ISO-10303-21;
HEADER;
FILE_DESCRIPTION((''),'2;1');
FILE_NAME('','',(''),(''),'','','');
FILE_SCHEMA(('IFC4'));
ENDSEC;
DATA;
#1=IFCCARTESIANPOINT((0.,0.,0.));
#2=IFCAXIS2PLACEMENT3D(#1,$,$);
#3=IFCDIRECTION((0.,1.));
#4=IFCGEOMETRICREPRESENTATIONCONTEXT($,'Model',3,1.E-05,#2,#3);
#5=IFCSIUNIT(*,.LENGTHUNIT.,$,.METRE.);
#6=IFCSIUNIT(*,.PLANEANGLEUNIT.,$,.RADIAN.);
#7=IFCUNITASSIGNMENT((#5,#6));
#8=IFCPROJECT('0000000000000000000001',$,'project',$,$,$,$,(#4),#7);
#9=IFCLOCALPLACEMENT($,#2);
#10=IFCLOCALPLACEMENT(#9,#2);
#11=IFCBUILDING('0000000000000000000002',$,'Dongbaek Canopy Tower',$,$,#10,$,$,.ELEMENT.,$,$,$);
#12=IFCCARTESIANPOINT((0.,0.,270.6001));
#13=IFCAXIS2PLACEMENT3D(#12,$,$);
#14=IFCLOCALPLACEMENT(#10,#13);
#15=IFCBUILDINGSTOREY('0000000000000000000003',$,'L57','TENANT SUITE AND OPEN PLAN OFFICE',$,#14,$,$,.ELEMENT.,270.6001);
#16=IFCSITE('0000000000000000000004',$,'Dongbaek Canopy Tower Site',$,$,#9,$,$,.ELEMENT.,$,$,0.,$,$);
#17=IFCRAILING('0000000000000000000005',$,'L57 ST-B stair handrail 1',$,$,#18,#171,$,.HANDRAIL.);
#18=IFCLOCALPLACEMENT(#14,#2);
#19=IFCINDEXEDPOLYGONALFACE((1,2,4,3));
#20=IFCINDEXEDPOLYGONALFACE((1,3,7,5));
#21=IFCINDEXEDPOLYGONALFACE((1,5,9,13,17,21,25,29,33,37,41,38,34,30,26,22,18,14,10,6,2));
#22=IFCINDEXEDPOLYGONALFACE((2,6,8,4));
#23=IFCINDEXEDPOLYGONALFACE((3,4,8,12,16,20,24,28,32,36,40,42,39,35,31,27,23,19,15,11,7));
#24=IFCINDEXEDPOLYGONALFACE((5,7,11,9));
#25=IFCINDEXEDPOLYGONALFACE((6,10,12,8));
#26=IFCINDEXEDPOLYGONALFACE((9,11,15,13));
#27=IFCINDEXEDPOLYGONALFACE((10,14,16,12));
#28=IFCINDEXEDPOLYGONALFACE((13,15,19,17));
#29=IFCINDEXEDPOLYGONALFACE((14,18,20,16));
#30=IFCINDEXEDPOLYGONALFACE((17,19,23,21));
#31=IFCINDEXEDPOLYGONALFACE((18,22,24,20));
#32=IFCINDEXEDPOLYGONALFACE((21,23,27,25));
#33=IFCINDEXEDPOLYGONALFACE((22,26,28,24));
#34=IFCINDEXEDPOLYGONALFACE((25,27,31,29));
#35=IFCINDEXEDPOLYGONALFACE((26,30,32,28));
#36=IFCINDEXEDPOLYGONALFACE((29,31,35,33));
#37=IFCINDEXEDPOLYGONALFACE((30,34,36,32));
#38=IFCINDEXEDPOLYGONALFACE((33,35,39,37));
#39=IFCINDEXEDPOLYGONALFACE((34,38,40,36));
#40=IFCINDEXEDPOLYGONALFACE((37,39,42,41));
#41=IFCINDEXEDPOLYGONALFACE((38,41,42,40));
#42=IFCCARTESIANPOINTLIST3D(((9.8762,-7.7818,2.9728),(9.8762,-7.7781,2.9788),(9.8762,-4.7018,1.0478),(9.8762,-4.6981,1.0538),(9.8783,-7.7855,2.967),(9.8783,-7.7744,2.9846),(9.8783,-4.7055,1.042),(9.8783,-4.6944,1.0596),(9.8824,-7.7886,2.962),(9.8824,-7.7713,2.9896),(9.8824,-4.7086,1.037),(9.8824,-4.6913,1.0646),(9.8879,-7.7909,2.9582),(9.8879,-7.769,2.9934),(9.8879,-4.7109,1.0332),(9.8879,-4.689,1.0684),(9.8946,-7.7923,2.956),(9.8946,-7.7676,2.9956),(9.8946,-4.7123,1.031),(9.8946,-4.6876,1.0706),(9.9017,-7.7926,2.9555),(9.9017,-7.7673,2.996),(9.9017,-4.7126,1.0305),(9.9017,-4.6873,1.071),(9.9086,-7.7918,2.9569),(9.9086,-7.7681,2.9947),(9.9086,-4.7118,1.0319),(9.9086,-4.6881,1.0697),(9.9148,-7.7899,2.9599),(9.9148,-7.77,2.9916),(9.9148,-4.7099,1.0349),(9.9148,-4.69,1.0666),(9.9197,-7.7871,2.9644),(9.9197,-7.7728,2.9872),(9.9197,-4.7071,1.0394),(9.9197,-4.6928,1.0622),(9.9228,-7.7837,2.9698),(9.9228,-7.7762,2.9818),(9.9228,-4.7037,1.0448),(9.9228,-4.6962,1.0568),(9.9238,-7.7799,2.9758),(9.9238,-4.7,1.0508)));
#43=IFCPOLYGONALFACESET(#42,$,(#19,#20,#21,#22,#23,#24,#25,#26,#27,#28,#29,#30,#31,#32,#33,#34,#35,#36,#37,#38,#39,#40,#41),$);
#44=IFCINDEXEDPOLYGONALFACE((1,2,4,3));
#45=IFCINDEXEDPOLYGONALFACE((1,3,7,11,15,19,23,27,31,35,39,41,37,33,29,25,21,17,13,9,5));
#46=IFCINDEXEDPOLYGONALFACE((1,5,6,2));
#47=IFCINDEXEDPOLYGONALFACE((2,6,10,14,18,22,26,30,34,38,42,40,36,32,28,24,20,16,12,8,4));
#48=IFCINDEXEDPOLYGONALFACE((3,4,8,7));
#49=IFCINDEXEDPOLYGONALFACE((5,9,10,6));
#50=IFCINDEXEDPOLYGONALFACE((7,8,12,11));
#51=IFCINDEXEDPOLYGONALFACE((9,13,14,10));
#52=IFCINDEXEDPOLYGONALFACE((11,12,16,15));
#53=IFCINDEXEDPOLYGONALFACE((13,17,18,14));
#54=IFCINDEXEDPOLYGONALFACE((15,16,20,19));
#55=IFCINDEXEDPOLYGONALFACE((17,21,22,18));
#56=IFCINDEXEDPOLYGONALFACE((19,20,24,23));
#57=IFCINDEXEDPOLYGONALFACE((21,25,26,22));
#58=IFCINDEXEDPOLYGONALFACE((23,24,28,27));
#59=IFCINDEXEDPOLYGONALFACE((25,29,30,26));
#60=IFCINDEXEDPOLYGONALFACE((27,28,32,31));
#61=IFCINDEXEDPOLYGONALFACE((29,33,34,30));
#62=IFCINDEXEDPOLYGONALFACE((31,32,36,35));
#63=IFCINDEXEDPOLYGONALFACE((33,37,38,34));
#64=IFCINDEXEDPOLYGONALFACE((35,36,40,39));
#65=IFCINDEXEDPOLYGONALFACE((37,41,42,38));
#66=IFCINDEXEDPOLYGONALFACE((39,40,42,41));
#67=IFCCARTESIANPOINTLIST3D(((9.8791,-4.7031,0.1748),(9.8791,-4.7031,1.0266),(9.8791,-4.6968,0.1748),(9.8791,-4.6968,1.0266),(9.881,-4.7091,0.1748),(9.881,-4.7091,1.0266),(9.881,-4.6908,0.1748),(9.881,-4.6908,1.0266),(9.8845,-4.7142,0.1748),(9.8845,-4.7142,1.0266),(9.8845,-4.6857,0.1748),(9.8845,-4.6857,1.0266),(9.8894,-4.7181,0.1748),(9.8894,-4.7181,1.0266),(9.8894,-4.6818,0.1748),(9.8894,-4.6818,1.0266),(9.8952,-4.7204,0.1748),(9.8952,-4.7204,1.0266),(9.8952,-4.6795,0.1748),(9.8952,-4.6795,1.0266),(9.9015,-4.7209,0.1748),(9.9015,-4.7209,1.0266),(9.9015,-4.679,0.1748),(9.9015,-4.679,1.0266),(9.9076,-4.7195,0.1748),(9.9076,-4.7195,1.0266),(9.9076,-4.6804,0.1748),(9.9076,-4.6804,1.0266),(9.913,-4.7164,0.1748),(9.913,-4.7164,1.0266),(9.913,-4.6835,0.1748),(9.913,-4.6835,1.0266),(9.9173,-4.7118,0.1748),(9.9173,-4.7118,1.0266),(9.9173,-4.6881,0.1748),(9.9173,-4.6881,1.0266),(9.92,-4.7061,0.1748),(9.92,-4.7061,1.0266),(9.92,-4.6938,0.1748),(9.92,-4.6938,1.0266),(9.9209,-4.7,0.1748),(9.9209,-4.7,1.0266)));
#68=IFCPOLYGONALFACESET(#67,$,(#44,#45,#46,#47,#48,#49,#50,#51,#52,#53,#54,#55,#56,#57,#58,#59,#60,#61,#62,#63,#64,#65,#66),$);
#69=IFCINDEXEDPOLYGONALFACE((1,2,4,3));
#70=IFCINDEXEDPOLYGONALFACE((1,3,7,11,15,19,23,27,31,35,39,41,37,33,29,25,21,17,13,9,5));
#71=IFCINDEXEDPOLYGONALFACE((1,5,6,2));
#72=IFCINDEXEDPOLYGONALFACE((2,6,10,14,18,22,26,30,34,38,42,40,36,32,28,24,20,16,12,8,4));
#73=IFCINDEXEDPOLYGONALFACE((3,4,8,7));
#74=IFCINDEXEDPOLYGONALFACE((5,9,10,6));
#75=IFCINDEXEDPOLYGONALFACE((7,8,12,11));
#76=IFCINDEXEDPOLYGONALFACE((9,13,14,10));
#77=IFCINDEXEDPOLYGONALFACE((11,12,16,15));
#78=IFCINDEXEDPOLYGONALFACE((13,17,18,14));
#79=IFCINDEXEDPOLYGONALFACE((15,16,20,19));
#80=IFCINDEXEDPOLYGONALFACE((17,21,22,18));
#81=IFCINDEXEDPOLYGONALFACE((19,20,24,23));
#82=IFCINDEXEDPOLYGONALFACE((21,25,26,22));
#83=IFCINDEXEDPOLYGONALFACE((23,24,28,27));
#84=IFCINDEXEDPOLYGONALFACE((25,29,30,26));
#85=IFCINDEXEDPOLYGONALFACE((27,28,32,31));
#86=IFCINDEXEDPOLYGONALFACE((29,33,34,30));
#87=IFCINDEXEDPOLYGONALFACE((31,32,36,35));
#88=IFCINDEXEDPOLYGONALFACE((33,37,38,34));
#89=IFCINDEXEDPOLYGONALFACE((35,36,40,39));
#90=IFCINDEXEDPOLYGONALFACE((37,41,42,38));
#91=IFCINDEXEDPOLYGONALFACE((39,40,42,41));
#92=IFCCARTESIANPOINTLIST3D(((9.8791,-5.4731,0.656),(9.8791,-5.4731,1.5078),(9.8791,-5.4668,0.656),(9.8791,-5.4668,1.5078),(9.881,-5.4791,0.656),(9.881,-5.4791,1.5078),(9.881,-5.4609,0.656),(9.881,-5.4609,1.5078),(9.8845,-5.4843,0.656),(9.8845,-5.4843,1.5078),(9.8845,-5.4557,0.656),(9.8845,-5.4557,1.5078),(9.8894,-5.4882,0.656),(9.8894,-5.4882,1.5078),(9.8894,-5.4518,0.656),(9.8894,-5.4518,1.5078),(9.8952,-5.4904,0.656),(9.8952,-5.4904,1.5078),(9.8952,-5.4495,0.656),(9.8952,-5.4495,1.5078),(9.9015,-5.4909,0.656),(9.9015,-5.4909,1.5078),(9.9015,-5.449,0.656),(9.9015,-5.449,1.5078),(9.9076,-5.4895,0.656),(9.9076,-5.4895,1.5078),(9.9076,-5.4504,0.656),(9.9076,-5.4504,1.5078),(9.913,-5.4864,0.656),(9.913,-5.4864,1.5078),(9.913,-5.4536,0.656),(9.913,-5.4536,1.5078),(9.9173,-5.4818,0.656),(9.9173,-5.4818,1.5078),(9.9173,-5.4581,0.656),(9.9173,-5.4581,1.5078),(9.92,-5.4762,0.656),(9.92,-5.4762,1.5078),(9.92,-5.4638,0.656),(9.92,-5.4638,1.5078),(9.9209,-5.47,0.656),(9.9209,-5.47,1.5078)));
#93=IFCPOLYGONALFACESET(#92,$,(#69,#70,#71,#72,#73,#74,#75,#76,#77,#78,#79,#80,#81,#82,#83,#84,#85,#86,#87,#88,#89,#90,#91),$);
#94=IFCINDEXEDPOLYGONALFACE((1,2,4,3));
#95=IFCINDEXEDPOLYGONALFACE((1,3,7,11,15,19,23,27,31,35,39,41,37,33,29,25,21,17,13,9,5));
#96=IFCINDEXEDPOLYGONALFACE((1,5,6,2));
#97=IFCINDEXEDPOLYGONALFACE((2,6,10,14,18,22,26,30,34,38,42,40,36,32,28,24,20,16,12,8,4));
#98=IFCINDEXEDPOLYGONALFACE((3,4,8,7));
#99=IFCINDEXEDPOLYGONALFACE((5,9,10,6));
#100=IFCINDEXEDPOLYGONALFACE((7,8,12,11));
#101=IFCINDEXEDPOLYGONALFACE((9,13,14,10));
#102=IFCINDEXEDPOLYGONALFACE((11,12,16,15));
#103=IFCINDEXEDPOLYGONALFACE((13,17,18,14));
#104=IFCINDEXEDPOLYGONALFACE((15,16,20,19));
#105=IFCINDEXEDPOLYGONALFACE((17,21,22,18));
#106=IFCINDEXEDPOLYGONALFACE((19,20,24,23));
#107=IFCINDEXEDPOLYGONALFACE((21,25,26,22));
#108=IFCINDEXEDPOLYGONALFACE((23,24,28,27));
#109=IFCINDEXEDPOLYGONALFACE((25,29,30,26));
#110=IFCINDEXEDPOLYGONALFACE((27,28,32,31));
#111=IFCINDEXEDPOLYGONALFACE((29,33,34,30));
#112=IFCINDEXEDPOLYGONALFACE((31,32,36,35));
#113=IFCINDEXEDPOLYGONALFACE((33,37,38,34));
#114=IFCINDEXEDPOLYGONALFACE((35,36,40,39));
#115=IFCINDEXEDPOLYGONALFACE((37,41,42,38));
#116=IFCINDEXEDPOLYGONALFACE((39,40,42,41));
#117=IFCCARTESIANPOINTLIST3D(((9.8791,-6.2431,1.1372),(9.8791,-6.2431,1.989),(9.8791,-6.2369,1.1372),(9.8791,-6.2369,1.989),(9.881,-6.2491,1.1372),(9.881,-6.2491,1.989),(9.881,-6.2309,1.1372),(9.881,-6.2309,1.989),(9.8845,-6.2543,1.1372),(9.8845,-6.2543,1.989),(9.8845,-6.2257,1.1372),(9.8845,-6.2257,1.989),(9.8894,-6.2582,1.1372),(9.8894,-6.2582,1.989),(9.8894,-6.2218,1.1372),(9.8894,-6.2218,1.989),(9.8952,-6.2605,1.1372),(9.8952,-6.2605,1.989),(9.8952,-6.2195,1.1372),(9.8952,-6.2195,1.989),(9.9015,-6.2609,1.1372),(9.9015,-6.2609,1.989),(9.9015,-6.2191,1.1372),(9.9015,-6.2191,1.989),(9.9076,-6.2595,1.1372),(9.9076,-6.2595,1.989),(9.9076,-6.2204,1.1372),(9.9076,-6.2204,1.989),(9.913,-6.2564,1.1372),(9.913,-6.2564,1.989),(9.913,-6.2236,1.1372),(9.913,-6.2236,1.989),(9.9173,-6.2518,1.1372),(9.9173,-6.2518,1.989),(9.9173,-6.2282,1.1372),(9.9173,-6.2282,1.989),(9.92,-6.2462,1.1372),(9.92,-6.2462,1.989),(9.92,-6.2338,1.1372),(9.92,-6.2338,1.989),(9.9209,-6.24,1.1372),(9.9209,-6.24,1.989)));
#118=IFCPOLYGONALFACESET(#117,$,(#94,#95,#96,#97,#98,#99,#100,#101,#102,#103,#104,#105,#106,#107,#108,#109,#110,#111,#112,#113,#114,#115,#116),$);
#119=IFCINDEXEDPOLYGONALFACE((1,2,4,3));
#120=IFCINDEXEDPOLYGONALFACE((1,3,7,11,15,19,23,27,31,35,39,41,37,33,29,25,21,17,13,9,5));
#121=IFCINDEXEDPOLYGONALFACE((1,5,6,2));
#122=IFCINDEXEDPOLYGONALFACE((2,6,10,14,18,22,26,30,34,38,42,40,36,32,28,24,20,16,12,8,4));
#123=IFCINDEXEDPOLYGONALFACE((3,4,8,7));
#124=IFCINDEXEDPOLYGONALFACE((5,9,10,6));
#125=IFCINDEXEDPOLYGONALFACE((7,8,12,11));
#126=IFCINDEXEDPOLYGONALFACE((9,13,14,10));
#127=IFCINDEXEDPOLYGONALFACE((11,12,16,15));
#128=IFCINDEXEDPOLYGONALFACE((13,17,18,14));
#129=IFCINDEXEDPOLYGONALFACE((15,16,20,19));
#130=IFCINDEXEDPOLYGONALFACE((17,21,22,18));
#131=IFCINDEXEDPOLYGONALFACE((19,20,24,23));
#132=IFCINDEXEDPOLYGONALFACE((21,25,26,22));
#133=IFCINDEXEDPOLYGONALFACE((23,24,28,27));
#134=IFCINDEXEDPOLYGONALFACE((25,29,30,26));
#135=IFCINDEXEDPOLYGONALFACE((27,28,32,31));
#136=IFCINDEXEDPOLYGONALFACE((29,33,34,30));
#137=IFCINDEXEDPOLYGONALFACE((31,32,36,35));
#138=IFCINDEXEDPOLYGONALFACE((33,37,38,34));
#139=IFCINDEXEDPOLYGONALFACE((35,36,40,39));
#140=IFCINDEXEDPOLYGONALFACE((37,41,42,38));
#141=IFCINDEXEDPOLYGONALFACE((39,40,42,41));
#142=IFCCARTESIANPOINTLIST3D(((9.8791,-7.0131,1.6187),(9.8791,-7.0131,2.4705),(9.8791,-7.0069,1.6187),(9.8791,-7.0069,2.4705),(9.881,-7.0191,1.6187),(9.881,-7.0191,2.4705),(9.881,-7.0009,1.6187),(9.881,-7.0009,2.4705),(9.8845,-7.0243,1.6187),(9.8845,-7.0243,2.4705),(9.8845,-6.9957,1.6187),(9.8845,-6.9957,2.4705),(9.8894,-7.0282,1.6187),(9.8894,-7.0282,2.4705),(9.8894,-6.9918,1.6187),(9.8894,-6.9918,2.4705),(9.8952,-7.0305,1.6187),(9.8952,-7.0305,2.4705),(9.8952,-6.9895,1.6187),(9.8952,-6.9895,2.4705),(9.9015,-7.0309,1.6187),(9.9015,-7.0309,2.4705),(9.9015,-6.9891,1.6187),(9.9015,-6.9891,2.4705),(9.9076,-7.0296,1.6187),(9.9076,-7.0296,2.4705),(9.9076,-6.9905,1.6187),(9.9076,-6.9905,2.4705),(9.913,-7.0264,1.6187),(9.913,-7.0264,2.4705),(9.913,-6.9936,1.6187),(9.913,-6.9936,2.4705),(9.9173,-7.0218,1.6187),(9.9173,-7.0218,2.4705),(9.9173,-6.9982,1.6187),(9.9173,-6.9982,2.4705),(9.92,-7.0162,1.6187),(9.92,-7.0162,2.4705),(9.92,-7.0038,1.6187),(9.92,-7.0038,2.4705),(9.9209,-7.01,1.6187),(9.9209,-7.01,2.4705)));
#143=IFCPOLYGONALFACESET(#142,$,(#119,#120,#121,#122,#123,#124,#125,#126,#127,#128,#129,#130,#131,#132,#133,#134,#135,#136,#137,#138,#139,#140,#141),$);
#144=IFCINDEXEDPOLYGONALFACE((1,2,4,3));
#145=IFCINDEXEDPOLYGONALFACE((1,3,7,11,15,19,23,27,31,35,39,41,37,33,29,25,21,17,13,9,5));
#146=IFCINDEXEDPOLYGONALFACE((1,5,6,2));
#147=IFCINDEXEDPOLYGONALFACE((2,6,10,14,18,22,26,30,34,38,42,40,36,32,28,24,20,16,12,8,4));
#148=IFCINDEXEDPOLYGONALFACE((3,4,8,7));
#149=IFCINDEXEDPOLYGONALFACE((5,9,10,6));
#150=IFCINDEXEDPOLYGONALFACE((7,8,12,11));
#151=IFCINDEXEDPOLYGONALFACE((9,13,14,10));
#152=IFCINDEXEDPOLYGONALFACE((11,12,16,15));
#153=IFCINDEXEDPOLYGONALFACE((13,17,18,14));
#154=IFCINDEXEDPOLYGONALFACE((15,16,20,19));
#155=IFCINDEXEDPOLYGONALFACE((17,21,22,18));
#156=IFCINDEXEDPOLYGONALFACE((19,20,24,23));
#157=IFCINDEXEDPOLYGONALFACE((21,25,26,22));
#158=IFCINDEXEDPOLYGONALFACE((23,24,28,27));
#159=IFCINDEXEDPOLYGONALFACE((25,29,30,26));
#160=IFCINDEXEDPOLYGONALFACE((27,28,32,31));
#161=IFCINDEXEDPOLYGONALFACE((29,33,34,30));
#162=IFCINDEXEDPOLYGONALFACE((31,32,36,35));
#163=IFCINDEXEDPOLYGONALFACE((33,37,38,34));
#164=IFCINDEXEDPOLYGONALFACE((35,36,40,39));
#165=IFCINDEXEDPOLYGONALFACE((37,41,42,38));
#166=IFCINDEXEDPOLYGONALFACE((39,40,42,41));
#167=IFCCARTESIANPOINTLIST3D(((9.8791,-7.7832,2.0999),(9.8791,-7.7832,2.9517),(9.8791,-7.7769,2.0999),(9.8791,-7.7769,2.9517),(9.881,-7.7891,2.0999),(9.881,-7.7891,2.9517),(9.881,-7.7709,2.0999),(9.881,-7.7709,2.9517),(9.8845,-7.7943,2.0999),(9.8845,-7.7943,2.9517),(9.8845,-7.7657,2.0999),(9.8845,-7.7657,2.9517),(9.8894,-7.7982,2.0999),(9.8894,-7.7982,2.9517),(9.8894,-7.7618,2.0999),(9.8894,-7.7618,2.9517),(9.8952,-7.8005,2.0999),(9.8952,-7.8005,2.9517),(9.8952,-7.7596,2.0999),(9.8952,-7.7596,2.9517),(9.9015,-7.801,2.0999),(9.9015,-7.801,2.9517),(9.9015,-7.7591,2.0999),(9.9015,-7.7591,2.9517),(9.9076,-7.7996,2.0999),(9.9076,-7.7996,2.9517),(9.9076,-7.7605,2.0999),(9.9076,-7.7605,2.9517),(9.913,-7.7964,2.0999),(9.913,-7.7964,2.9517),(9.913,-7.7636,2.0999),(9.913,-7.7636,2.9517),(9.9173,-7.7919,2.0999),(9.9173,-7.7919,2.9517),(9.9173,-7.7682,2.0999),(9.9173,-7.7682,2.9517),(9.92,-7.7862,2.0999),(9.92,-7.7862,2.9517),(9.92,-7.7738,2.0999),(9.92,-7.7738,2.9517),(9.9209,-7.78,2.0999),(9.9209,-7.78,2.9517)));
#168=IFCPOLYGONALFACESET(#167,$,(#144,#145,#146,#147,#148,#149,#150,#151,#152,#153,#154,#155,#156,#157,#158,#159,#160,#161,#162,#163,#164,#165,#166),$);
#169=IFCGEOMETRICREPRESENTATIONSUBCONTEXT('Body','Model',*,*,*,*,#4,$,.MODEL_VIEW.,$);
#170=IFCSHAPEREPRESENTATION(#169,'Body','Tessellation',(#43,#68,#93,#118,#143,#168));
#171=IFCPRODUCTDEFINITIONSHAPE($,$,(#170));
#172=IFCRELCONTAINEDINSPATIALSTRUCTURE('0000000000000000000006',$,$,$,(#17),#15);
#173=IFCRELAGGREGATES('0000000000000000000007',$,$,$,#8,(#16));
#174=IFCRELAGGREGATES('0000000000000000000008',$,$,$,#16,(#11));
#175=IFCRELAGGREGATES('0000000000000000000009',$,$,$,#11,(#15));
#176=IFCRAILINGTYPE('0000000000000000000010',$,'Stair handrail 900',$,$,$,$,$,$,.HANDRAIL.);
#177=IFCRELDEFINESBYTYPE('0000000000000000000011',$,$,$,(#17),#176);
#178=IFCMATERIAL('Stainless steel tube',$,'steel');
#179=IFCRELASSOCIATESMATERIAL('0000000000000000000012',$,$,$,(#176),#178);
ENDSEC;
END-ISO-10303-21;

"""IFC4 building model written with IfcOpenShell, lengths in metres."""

from ifc_helpers import new_model, si_unit, direction, frame, origin, origin_2d, place, context, subcontext, project, spatial, circle, extrude, material, type_object, element, save


model = new_model("IFC4")

# Units and contexts
model_context = context("Model", 3, precision=1e-05, world=origin(), true_north=direction((0.0, 1.0)))
body_context = subcontext(model_context, "Body", "Model", "MODEL_VIEW")
ifc_project = project(units=[si_unit("LENGTHUNIT", "METRE"), si_unit("PLANEANGLEUNIT", "RADIAN")], contexts=[model_context])

# Site, building, storey
site_placement = place(None, origin())
site = spatial("IfcSite", under=ifc_project, at=site_placement, Name="Dongbaek Canopy Tower Site", CompositionType="ELEMENT", RefElevation=0.0)
building_placement = place(site_placement, origin())
building = spatial("IfcBuilding", under=site, at=building_placement, Name="Dongbaek Canopy Tower", CompositionType="ELEMENT")
storey_placement = place(building_placement, frame((0.0, 0.0, 270.6001)))
storey = spatial("IfcBuildingStorey", under=building, at=storey_placement, Name="L57", Description="TENANT SUITE AND OPEN PLAN OFFICE", CompositionType="ELEMENT", Elevation=270.6001)

# Railing
ifc_material_1 = material(Name="Stainless steel tube", Category="steel")
railing_type_1 = type_object("IfcRailingType", Name="Stair handrail 900", PredefinedType="HANDRAIL", material=ifc_material_1)
railing_1_placement = place(storey_placement, frame((9.8999, -4.7, 0.1748)))
element("IfcRailing", 1, at=railing_1_placement, inside=storey, type_object=railing_type_1, Name="L57 ST-B stair handrail 1", PredefinedType="HANDRAIL", context=body_context, shape_type="SweptSolid", body=[
    extrude(circle(Radius=0.0239, at=origin_2d()), frame((0.0, 0.0, 0.876), z_axis=(0.0, -0.847998, 0.529999), x_axis=(1.0, 0.0, 0.0)), (0.0, 0.0, 1.0), 3.6321),
    extrude(circle(Radius=0.021, at=origin_2d()), origin(), (0.0, 0.0, 1.0), 0.8518),
    extrude(circle(Radius=0.021, at=origin_2d()), frame((0.0, -0.77, 0.4812)), (0.0, 0.0, 1.0), 0.8518),
    extrude(circle(Radius=0.021, at=origin_2d()), frame((0.0, -1.54, 0.9624)), (0.0, 0.0, 1.0), 0.8518),
    extrude(circle(Radius=0.021, at=origin_2d()), frame((0.0, -2.3101, 1.4438)), (0.0, 0.0, 1.0), 0.8518),
    extrude(circle(Radius=0.021, at=origin_2d()), frame((0.0, -3.0801, 1.925)), (0.0, 0.0, 1.0), 0.8518),
])

save(model, "model.ifc")
